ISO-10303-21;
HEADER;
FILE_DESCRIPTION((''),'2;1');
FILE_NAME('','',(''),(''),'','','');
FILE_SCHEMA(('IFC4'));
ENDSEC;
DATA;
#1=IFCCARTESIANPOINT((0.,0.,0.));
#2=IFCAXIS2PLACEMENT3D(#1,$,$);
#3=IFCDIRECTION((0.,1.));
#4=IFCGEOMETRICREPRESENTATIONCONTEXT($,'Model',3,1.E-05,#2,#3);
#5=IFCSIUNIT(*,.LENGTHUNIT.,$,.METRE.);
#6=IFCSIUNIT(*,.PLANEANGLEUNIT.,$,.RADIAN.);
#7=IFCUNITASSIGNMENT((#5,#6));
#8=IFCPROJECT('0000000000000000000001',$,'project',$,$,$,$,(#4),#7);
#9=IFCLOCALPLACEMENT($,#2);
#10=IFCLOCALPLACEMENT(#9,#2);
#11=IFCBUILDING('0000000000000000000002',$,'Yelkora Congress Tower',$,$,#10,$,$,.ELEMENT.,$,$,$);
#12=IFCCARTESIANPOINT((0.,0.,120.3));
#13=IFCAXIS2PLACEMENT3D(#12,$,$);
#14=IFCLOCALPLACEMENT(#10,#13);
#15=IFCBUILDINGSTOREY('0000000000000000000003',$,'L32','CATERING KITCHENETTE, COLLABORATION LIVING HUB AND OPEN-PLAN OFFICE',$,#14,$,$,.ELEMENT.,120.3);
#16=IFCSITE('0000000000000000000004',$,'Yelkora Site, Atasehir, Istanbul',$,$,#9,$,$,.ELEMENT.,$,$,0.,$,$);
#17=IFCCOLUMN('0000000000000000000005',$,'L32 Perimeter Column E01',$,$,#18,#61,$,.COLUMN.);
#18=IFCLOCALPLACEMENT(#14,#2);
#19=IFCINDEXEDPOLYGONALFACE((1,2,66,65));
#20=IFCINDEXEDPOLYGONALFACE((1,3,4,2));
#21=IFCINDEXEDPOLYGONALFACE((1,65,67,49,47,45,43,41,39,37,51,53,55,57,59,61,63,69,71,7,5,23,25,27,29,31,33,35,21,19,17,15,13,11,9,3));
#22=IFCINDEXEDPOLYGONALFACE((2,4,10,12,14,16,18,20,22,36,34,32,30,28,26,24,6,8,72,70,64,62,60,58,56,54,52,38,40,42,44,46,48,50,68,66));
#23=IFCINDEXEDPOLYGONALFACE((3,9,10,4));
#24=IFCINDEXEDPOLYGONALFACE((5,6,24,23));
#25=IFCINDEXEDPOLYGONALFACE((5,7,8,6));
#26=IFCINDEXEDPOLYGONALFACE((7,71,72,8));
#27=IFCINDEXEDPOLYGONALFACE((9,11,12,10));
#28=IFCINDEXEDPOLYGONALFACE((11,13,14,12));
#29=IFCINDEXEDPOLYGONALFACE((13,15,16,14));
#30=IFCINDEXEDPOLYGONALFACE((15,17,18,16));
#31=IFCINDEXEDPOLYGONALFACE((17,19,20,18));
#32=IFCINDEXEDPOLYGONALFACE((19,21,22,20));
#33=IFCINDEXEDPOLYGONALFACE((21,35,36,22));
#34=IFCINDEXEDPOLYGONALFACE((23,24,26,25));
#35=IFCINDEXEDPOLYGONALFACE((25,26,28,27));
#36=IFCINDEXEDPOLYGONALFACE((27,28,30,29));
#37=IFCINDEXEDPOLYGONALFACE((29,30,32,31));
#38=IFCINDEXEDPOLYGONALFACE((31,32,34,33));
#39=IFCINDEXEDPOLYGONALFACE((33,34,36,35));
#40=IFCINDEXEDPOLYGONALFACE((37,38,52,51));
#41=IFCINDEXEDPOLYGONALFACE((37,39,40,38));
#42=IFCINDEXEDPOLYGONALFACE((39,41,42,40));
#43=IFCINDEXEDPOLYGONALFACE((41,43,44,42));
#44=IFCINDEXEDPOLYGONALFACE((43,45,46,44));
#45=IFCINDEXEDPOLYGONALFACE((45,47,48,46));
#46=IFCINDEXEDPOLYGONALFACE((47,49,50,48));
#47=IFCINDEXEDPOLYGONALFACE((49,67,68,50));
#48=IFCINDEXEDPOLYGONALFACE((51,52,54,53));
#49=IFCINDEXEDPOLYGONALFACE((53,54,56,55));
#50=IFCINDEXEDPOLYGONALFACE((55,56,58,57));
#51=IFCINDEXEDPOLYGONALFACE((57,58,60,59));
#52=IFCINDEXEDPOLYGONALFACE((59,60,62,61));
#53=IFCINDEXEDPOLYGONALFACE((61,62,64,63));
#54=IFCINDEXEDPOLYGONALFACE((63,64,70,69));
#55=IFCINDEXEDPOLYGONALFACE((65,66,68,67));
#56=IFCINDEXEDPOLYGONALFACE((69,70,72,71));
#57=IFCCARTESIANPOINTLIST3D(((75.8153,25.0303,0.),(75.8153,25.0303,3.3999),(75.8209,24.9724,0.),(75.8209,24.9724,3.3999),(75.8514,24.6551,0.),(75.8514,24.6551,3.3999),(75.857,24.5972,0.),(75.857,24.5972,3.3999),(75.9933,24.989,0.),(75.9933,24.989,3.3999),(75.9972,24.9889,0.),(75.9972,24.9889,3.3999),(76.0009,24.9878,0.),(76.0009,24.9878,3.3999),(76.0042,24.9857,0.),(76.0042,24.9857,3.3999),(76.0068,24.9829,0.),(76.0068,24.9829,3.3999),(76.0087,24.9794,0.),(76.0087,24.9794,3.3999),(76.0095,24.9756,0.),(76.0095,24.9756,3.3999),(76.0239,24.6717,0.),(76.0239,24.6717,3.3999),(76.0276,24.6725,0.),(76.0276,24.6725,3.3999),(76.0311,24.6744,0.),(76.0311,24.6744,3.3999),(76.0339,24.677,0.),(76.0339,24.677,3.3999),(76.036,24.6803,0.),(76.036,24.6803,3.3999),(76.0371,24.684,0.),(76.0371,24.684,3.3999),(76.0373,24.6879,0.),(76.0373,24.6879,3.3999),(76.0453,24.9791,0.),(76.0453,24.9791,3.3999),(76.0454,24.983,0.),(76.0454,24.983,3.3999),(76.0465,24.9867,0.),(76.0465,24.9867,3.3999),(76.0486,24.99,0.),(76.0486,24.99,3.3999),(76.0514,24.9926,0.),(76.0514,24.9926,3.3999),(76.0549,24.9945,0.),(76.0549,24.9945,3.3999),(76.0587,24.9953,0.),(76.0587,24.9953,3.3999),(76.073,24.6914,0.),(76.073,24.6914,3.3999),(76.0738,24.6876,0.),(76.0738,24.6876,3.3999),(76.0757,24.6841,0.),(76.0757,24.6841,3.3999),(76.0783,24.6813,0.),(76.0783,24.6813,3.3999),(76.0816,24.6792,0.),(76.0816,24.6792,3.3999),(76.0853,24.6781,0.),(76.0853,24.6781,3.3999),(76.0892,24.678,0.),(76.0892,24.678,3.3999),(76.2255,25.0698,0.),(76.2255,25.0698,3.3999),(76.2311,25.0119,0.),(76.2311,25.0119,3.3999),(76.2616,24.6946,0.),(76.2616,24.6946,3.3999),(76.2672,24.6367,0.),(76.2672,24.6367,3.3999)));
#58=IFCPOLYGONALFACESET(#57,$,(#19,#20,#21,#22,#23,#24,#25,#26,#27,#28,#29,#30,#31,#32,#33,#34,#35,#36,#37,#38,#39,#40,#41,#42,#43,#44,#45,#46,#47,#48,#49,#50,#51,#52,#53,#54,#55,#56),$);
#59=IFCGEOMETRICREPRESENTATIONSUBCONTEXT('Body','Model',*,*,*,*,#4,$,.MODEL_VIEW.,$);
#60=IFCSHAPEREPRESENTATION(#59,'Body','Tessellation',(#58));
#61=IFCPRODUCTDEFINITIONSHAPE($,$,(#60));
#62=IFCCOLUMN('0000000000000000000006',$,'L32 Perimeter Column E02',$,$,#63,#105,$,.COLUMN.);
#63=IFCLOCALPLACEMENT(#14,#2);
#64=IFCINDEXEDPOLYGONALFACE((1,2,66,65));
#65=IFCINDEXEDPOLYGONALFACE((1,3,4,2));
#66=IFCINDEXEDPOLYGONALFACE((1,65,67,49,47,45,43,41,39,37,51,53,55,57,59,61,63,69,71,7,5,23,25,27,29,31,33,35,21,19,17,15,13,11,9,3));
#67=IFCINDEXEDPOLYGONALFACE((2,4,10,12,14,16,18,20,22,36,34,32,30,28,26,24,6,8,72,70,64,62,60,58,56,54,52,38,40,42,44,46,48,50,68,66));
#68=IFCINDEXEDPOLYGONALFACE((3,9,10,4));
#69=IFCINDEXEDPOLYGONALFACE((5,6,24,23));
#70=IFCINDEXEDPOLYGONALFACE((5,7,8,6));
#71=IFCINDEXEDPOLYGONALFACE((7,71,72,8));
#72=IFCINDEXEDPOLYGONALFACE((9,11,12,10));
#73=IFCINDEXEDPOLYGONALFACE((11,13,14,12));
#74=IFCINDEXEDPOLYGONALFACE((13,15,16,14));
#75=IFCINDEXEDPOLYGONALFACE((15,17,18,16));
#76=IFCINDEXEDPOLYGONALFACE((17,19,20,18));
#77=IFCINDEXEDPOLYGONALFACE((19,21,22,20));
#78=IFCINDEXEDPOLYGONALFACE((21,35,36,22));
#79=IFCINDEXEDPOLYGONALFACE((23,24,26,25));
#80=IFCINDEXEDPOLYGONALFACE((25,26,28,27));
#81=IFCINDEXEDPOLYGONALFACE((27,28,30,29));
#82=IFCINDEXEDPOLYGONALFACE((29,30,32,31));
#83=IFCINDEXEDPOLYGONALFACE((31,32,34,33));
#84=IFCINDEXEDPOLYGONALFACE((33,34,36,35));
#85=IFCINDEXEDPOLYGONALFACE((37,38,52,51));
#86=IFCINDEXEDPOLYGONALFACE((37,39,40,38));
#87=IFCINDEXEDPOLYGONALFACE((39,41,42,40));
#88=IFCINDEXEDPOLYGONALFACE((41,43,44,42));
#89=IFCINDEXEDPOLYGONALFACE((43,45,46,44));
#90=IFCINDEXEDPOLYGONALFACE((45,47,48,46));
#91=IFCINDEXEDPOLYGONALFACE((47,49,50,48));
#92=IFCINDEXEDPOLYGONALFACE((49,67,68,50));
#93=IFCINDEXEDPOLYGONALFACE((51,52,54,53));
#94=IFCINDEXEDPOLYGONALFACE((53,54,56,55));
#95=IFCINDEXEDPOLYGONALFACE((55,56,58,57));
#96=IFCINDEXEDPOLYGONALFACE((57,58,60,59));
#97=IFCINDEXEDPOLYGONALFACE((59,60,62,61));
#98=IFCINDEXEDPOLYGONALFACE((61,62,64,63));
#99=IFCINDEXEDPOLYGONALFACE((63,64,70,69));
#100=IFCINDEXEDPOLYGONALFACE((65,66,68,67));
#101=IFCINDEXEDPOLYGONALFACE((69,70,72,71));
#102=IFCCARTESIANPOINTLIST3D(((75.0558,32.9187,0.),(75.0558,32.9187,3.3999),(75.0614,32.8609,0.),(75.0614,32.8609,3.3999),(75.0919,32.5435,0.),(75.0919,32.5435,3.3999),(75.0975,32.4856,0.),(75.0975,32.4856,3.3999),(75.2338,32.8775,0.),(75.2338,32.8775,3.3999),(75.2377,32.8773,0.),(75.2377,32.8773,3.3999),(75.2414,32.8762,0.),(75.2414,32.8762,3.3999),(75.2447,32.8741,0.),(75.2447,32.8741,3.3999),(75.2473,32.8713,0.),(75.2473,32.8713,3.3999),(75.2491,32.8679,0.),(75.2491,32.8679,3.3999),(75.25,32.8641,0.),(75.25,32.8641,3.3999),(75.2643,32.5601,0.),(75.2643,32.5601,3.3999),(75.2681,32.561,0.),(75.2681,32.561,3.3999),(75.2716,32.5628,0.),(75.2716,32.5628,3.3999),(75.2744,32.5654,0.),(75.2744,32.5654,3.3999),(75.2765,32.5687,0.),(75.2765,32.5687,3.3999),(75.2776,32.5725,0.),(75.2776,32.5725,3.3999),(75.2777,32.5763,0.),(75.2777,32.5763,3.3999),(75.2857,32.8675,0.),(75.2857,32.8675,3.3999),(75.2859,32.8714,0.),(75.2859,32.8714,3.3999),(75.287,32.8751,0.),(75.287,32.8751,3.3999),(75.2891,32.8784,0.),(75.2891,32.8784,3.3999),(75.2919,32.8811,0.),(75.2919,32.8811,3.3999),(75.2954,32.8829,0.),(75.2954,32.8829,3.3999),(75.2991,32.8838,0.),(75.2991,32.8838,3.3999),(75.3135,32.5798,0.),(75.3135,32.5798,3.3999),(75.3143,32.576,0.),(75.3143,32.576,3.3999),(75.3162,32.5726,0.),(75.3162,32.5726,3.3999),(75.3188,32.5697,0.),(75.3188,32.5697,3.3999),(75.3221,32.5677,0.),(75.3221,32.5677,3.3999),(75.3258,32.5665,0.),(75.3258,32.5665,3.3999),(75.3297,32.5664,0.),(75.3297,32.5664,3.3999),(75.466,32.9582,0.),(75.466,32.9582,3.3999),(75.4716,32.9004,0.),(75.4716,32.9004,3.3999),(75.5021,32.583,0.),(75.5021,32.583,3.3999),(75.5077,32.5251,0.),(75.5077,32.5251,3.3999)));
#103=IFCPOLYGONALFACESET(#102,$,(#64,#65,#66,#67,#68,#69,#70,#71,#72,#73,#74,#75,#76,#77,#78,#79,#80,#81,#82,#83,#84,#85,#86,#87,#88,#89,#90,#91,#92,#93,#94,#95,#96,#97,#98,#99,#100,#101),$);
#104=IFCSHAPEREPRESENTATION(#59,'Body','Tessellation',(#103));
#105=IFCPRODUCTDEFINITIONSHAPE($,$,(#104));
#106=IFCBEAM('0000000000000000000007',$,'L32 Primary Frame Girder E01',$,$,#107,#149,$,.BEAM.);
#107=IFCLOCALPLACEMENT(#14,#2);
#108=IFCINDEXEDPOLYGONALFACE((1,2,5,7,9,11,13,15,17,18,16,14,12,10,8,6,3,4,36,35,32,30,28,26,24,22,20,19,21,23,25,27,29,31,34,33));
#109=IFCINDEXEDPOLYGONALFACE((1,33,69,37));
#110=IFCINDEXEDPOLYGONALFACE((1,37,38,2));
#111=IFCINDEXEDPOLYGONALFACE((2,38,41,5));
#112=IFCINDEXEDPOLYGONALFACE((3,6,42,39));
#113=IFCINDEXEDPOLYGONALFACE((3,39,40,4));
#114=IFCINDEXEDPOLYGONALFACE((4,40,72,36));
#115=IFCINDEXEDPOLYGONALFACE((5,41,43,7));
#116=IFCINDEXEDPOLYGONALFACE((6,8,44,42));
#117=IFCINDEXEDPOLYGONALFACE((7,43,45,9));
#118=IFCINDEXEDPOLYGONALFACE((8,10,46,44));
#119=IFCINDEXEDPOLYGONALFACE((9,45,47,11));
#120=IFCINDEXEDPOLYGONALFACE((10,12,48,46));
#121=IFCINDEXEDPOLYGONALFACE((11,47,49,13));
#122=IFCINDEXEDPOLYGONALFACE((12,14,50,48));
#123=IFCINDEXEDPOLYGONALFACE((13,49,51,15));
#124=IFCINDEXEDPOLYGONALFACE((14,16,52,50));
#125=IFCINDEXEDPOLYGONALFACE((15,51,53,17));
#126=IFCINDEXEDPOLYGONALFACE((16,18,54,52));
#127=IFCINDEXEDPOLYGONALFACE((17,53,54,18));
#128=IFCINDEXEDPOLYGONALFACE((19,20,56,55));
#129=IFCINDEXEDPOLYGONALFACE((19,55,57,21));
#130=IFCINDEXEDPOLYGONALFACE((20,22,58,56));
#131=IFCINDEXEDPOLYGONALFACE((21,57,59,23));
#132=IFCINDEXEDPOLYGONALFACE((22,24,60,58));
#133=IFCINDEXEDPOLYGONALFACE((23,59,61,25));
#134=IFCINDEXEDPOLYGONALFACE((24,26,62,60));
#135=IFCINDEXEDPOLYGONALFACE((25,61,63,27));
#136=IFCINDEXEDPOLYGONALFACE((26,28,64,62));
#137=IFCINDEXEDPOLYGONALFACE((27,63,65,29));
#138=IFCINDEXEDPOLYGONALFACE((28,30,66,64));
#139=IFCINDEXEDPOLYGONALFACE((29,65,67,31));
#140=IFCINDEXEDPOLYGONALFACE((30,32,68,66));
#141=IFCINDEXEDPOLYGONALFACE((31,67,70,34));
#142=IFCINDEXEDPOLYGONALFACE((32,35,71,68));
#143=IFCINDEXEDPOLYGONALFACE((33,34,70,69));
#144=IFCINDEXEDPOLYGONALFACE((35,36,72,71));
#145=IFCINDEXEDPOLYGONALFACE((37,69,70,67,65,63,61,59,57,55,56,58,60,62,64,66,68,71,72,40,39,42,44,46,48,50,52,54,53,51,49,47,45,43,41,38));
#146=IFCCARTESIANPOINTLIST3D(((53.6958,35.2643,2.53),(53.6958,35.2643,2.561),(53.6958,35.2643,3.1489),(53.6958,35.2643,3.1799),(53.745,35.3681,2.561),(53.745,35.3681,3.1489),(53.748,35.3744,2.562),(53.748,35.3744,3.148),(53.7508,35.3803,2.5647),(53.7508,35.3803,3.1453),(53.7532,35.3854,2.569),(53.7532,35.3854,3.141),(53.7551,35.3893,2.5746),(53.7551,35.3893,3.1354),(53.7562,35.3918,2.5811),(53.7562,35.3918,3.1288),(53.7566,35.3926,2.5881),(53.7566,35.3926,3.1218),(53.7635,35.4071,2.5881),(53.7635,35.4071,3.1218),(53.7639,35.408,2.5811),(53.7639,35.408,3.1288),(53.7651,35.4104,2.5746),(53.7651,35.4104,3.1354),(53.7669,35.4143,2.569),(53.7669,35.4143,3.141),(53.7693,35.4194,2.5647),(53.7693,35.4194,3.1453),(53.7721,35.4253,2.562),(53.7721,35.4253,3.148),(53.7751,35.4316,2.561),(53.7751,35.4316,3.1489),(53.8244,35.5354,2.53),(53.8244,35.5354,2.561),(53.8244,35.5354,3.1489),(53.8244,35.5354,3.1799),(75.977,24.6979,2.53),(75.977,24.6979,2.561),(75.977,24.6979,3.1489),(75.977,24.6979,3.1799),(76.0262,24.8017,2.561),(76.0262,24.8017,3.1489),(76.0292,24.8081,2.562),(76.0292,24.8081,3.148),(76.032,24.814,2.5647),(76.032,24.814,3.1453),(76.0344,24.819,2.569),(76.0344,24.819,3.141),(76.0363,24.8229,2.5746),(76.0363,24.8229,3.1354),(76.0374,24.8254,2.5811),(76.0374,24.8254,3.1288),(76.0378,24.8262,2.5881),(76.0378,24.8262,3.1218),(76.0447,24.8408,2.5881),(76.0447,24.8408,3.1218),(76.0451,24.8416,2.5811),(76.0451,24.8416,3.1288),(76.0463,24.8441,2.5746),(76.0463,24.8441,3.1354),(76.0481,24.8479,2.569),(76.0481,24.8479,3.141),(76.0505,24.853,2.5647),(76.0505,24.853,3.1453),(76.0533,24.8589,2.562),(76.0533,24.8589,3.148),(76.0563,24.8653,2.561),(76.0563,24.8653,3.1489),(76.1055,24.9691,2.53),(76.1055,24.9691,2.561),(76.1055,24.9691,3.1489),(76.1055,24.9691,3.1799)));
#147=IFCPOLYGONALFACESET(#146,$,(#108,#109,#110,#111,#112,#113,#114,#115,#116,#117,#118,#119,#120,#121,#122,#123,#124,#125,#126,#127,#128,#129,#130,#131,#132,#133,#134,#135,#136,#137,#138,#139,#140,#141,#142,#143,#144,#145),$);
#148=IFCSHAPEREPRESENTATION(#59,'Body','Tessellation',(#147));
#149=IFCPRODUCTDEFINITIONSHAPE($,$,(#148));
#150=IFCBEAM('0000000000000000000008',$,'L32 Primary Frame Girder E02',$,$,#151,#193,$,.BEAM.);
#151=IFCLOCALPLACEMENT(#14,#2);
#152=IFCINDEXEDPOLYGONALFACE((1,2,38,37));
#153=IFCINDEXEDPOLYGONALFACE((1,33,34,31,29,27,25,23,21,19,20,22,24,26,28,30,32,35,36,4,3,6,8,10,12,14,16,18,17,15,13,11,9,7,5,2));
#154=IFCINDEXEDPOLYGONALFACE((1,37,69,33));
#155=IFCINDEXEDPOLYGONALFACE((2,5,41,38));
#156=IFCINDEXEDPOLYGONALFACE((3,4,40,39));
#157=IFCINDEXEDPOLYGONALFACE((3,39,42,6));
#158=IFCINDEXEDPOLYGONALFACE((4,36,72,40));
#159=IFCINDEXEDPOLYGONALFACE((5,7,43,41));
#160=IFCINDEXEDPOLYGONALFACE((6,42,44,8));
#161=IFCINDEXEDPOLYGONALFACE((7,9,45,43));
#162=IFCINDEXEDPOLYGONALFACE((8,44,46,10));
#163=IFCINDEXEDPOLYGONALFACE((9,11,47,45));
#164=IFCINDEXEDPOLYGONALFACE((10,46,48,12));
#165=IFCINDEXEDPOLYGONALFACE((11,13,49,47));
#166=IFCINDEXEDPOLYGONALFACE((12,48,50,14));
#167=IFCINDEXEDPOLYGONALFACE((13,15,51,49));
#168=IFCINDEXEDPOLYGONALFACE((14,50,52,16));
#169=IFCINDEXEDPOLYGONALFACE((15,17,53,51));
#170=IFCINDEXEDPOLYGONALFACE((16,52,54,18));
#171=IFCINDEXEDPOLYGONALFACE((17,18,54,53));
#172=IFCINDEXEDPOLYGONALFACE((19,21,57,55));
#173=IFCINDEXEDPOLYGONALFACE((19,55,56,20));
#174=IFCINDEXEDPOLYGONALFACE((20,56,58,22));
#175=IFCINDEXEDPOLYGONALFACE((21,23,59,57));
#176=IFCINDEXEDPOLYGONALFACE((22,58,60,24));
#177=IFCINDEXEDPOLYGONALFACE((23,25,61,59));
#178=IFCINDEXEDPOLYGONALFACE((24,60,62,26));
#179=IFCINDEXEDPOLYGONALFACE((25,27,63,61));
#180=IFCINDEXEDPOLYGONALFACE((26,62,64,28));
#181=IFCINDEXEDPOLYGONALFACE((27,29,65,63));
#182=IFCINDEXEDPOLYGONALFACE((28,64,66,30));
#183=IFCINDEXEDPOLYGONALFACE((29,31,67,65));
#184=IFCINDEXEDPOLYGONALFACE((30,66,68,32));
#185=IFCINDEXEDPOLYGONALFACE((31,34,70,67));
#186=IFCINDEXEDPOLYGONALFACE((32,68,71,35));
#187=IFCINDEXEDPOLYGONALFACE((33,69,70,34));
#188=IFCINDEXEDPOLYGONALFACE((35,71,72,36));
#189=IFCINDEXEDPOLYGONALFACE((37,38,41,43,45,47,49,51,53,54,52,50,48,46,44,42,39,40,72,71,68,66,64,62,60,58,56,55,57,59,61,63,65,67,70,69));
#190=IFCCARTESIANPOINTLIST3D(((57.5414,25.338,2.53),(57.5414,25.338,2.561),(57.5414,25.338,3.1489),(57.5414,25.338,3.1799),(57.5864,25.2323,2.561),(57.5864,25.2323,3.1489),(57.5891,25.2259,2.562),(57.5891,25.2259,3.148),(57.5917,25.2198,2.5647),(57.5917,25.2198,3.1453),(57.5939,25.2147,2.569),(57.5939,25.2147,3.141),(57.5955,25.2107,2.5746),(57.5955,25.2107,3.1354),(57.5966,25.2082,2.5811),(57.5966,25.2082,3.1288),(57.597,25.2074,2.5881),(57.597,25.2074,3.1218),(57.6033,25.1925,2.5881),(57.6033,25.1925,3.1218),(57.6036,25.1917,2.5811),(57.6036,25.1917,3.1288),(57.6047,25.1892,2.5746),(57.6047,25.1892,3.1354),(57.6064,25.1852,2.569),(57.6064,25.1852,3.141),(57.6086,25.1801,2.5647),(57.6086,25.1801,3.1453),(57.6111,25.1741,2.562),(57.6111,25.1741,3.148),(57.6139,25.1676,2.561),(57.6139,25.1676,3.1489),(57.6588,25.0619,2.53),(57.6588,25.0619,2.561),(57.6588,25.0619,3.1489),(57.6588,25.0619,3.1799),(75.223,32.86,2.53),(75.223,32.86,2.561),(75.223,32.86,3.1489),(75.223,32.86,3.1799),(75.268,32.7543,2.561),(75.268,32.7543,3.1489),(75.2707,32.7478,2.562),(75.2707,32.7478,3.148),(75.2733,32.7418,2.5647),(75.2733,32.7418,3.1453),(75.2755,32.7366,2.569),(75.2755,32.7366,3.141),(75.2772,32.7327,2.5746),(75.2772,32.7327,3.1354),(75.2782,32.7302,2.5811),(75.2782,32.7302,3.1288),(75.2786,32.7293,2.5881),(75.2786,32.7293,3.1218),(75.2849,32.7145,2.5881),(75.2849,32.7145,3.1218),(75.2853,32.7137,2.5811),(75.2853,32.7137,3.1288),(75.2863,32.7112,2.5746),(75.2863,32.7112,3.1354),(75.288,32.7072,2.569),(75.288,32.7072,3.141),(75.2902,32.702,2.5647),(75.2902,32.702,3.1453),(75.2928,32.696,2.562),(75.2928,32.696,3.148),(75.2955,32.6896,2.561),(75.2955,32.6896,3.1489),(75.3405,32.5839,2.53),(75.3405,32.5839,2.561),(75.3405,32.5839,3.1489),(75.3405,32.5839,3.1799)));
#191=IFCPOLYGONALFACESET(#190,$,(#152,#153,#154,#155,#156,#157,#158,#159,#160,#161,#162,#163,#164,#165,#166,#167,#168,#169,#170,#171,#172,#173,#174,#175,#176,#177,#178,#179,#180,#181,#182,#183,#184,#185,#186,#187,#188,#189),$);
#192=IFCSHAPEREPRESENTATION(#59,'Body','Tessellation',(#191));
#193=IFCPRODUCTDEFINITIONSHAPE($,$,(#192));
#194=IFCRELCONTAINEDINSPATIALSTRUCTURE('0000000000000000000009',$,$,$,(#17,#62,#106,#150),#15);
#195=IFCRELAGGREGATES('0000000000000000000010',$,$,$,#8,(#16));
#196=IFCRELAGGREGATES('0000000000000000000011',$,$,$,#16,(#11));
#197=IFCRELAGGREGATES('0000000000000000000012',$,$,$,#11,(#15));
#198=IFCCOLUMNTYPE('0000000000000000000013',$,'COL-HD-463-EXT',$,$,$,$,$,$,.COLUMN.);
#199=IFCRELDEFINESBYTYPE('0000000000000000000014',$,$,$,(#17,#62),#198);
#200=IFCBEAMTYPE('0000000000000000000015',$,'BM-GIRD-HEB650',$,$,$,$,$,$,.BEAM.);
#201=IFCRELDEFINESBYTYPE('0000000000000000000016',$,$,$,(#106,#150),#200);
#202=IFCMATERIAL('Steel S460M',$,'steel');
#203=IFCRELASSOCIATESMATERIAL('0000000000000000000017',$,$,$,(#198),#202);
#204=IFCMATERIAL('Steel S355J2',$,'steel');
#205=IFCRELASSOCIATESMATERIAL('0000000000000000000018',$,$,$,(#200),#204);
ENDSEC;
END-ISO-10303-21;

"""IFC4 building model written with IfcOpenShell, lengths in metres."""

from ifc_helpers import new_model, si_unit, direction, frame, origin, origin_2d, place, context, subcontext, project, spatial, i_section, extrude, material, material_profile, profile_set, type_object, element, save


model = new_model("IFC4")

# Units and contexts
model_context = context("Model", 3, precision=1e-05, world=origin(), true_north=direction((0.0, 1.0)))
body_context = subcontext(model_context, "Body", "Model", "MODEL_VIEW")
ifc_project = project(units=[si_unit("LENGTHUNIT", "METRE"), si_unit("PLANEANGLEUNIT", "RADIAN")], contexts=[model_context])

# Site, building, storey
site_placement = place(None, origin())
site = spatial("IfcSite", under=ifc_project, at=site_placement, Name="Yelkora Site, Atasehir, Istanbul", CompositionType="ELEMENT", RefElevation=0.0)
building_placement = place(site_placement, origin())
building = spatial("IfcBuilding", under=site, at=building_placement, Name="Yelkora Congress Tower", CompositionType="ELEMENT")
storey_placement = place(building_placement, frame((0.0, 0.0, 120.3)))
storey = spatial("IfcBuildingStorey", under=building, at=storey_placement, Name="L32", Description="CATERING KITCHENETTE, COLLABORATION LIVING HUB AND OPEN-PLAN OFFICE", CompositionType="ELEMENT", Elevation=120.3)

# Columns
ifc_material_1 = material(Name="Steel S460M", Category="steel")
ifc_material_profile_1 = material_profile(ifc_material_1, i_section(OverallWidth=0.4121, OverallDepth=0.4351, WebThickness=0.0359, FlangeThickness=0.0581, FilletRadius=0.0149, at=origin_2d()), Name="HD 400x463")
ifc_profile_set_1 = profile_set([ifc_material_profile_1], Name="Steel S460M")
column_type = type_object("IfcColumnType", Name="COL-HD-463-EXT", PredefinedType="COLUMN", material=ifc_profile_set_1)
for number, where, z_axis, x_axis, name in (
    (1, (76.0413, 24.8335, 0.0), (0.0, 0.0, 1.0), (0.995396, 0.095846, 0.0), "L32 Perimeter Column E01"),
    (2, (75.2817, 32.7219, 0.0), (0.0, 0.0, 1.0), (0.995396, 0.095846, 0.0), "L32 Perimeter Column E02"),
):
    element("IfcColumn", number, at=place(storey_placement, frame(where, z_axis=z_axis, x_axis=x_axis)), inside=storey, type_object=column_type, Name=name, PredefinedType="COLUMN", context=body_context, shape_type="SweptSolid", body=[
        extrude(i_section(OverallWidth=0.4121, OverallDepth=0.4351, WebThickness=0.0359, FlangeThickness=0.0581, FilletRadius=0.0149, at=origin_2d()), origin(), (0.0, 0.0, 1.0), 3.3999),
    ])

# Beams
ifc_material_2 = material(Name="Steel S355J2", Category="steel")
ifc_material_profile_2 = material_profile(ifc_material_2, i_section(OverallWidth=0.3, OverallDepth=0.6499, WebThickness=0.0161, FlangeThickness=0.031, FilletRadius=0.0271, at=origin_2d()), Name="HEB 650")
ifc_profile_set_2 = profile_set([ifc_material_profile_2], Name="Steel S355J2")
beam_type_1 = type_object("IfcBeamType", Name="BM-GIRD-HEB650", PredefinedType="BEAM", material=ifc_profile_set_2)
beam_1_placement = place(storey_placement, frame((76.0413, 24.8335, 2.855), z_axis=(-0.903547, 0.428488, 0.0), x_axis=(-0.428488, -0.903547, 0.0)))
element("IfcBeam", 3, at=beam_1_placement, inside=storey, type_object=beam_type_1, Name="L32 Primary Frame Girder E01", PredefinedType="BEAM", context=body_context, shape_type="SweptSolid", body=[
    extrude(i_section(OverallWidth=0.3, OverallDepth=0.6499, WebThickness=0.0161, FlangeThickness=0.031, FilletRadius=0.0271, at=origin_2d()), origin(), (0.0, 0.0, 1.0), 24.6597),
])
beam_2_placement = place(storey_placement, frame((75.2817, 32.7219, 2.855), z_axis=(-0.920195, -0.391461, 0.0), x_axis=(0.391461, -0.920195, 0.0)))
element("IfcBeam", 4, at=beam_2_placement, inside=storey, type_object=beam_type_1, Name="L32 Primary Frame Girder E02", PredefinedType="BEAM", context=body_context, shape_type="SweptSolid", body=[
    extrude(i_section(OverallWidth=0.3, OverallDepth=0.6499, WebThickness=0.0161, FlangeThickness=0.031, FilletRadius=0.0271, at=origin_2d()), origin(), (0.0, 0.0, 1.0), 19.2151),
])

save(model, "model.ifc")
